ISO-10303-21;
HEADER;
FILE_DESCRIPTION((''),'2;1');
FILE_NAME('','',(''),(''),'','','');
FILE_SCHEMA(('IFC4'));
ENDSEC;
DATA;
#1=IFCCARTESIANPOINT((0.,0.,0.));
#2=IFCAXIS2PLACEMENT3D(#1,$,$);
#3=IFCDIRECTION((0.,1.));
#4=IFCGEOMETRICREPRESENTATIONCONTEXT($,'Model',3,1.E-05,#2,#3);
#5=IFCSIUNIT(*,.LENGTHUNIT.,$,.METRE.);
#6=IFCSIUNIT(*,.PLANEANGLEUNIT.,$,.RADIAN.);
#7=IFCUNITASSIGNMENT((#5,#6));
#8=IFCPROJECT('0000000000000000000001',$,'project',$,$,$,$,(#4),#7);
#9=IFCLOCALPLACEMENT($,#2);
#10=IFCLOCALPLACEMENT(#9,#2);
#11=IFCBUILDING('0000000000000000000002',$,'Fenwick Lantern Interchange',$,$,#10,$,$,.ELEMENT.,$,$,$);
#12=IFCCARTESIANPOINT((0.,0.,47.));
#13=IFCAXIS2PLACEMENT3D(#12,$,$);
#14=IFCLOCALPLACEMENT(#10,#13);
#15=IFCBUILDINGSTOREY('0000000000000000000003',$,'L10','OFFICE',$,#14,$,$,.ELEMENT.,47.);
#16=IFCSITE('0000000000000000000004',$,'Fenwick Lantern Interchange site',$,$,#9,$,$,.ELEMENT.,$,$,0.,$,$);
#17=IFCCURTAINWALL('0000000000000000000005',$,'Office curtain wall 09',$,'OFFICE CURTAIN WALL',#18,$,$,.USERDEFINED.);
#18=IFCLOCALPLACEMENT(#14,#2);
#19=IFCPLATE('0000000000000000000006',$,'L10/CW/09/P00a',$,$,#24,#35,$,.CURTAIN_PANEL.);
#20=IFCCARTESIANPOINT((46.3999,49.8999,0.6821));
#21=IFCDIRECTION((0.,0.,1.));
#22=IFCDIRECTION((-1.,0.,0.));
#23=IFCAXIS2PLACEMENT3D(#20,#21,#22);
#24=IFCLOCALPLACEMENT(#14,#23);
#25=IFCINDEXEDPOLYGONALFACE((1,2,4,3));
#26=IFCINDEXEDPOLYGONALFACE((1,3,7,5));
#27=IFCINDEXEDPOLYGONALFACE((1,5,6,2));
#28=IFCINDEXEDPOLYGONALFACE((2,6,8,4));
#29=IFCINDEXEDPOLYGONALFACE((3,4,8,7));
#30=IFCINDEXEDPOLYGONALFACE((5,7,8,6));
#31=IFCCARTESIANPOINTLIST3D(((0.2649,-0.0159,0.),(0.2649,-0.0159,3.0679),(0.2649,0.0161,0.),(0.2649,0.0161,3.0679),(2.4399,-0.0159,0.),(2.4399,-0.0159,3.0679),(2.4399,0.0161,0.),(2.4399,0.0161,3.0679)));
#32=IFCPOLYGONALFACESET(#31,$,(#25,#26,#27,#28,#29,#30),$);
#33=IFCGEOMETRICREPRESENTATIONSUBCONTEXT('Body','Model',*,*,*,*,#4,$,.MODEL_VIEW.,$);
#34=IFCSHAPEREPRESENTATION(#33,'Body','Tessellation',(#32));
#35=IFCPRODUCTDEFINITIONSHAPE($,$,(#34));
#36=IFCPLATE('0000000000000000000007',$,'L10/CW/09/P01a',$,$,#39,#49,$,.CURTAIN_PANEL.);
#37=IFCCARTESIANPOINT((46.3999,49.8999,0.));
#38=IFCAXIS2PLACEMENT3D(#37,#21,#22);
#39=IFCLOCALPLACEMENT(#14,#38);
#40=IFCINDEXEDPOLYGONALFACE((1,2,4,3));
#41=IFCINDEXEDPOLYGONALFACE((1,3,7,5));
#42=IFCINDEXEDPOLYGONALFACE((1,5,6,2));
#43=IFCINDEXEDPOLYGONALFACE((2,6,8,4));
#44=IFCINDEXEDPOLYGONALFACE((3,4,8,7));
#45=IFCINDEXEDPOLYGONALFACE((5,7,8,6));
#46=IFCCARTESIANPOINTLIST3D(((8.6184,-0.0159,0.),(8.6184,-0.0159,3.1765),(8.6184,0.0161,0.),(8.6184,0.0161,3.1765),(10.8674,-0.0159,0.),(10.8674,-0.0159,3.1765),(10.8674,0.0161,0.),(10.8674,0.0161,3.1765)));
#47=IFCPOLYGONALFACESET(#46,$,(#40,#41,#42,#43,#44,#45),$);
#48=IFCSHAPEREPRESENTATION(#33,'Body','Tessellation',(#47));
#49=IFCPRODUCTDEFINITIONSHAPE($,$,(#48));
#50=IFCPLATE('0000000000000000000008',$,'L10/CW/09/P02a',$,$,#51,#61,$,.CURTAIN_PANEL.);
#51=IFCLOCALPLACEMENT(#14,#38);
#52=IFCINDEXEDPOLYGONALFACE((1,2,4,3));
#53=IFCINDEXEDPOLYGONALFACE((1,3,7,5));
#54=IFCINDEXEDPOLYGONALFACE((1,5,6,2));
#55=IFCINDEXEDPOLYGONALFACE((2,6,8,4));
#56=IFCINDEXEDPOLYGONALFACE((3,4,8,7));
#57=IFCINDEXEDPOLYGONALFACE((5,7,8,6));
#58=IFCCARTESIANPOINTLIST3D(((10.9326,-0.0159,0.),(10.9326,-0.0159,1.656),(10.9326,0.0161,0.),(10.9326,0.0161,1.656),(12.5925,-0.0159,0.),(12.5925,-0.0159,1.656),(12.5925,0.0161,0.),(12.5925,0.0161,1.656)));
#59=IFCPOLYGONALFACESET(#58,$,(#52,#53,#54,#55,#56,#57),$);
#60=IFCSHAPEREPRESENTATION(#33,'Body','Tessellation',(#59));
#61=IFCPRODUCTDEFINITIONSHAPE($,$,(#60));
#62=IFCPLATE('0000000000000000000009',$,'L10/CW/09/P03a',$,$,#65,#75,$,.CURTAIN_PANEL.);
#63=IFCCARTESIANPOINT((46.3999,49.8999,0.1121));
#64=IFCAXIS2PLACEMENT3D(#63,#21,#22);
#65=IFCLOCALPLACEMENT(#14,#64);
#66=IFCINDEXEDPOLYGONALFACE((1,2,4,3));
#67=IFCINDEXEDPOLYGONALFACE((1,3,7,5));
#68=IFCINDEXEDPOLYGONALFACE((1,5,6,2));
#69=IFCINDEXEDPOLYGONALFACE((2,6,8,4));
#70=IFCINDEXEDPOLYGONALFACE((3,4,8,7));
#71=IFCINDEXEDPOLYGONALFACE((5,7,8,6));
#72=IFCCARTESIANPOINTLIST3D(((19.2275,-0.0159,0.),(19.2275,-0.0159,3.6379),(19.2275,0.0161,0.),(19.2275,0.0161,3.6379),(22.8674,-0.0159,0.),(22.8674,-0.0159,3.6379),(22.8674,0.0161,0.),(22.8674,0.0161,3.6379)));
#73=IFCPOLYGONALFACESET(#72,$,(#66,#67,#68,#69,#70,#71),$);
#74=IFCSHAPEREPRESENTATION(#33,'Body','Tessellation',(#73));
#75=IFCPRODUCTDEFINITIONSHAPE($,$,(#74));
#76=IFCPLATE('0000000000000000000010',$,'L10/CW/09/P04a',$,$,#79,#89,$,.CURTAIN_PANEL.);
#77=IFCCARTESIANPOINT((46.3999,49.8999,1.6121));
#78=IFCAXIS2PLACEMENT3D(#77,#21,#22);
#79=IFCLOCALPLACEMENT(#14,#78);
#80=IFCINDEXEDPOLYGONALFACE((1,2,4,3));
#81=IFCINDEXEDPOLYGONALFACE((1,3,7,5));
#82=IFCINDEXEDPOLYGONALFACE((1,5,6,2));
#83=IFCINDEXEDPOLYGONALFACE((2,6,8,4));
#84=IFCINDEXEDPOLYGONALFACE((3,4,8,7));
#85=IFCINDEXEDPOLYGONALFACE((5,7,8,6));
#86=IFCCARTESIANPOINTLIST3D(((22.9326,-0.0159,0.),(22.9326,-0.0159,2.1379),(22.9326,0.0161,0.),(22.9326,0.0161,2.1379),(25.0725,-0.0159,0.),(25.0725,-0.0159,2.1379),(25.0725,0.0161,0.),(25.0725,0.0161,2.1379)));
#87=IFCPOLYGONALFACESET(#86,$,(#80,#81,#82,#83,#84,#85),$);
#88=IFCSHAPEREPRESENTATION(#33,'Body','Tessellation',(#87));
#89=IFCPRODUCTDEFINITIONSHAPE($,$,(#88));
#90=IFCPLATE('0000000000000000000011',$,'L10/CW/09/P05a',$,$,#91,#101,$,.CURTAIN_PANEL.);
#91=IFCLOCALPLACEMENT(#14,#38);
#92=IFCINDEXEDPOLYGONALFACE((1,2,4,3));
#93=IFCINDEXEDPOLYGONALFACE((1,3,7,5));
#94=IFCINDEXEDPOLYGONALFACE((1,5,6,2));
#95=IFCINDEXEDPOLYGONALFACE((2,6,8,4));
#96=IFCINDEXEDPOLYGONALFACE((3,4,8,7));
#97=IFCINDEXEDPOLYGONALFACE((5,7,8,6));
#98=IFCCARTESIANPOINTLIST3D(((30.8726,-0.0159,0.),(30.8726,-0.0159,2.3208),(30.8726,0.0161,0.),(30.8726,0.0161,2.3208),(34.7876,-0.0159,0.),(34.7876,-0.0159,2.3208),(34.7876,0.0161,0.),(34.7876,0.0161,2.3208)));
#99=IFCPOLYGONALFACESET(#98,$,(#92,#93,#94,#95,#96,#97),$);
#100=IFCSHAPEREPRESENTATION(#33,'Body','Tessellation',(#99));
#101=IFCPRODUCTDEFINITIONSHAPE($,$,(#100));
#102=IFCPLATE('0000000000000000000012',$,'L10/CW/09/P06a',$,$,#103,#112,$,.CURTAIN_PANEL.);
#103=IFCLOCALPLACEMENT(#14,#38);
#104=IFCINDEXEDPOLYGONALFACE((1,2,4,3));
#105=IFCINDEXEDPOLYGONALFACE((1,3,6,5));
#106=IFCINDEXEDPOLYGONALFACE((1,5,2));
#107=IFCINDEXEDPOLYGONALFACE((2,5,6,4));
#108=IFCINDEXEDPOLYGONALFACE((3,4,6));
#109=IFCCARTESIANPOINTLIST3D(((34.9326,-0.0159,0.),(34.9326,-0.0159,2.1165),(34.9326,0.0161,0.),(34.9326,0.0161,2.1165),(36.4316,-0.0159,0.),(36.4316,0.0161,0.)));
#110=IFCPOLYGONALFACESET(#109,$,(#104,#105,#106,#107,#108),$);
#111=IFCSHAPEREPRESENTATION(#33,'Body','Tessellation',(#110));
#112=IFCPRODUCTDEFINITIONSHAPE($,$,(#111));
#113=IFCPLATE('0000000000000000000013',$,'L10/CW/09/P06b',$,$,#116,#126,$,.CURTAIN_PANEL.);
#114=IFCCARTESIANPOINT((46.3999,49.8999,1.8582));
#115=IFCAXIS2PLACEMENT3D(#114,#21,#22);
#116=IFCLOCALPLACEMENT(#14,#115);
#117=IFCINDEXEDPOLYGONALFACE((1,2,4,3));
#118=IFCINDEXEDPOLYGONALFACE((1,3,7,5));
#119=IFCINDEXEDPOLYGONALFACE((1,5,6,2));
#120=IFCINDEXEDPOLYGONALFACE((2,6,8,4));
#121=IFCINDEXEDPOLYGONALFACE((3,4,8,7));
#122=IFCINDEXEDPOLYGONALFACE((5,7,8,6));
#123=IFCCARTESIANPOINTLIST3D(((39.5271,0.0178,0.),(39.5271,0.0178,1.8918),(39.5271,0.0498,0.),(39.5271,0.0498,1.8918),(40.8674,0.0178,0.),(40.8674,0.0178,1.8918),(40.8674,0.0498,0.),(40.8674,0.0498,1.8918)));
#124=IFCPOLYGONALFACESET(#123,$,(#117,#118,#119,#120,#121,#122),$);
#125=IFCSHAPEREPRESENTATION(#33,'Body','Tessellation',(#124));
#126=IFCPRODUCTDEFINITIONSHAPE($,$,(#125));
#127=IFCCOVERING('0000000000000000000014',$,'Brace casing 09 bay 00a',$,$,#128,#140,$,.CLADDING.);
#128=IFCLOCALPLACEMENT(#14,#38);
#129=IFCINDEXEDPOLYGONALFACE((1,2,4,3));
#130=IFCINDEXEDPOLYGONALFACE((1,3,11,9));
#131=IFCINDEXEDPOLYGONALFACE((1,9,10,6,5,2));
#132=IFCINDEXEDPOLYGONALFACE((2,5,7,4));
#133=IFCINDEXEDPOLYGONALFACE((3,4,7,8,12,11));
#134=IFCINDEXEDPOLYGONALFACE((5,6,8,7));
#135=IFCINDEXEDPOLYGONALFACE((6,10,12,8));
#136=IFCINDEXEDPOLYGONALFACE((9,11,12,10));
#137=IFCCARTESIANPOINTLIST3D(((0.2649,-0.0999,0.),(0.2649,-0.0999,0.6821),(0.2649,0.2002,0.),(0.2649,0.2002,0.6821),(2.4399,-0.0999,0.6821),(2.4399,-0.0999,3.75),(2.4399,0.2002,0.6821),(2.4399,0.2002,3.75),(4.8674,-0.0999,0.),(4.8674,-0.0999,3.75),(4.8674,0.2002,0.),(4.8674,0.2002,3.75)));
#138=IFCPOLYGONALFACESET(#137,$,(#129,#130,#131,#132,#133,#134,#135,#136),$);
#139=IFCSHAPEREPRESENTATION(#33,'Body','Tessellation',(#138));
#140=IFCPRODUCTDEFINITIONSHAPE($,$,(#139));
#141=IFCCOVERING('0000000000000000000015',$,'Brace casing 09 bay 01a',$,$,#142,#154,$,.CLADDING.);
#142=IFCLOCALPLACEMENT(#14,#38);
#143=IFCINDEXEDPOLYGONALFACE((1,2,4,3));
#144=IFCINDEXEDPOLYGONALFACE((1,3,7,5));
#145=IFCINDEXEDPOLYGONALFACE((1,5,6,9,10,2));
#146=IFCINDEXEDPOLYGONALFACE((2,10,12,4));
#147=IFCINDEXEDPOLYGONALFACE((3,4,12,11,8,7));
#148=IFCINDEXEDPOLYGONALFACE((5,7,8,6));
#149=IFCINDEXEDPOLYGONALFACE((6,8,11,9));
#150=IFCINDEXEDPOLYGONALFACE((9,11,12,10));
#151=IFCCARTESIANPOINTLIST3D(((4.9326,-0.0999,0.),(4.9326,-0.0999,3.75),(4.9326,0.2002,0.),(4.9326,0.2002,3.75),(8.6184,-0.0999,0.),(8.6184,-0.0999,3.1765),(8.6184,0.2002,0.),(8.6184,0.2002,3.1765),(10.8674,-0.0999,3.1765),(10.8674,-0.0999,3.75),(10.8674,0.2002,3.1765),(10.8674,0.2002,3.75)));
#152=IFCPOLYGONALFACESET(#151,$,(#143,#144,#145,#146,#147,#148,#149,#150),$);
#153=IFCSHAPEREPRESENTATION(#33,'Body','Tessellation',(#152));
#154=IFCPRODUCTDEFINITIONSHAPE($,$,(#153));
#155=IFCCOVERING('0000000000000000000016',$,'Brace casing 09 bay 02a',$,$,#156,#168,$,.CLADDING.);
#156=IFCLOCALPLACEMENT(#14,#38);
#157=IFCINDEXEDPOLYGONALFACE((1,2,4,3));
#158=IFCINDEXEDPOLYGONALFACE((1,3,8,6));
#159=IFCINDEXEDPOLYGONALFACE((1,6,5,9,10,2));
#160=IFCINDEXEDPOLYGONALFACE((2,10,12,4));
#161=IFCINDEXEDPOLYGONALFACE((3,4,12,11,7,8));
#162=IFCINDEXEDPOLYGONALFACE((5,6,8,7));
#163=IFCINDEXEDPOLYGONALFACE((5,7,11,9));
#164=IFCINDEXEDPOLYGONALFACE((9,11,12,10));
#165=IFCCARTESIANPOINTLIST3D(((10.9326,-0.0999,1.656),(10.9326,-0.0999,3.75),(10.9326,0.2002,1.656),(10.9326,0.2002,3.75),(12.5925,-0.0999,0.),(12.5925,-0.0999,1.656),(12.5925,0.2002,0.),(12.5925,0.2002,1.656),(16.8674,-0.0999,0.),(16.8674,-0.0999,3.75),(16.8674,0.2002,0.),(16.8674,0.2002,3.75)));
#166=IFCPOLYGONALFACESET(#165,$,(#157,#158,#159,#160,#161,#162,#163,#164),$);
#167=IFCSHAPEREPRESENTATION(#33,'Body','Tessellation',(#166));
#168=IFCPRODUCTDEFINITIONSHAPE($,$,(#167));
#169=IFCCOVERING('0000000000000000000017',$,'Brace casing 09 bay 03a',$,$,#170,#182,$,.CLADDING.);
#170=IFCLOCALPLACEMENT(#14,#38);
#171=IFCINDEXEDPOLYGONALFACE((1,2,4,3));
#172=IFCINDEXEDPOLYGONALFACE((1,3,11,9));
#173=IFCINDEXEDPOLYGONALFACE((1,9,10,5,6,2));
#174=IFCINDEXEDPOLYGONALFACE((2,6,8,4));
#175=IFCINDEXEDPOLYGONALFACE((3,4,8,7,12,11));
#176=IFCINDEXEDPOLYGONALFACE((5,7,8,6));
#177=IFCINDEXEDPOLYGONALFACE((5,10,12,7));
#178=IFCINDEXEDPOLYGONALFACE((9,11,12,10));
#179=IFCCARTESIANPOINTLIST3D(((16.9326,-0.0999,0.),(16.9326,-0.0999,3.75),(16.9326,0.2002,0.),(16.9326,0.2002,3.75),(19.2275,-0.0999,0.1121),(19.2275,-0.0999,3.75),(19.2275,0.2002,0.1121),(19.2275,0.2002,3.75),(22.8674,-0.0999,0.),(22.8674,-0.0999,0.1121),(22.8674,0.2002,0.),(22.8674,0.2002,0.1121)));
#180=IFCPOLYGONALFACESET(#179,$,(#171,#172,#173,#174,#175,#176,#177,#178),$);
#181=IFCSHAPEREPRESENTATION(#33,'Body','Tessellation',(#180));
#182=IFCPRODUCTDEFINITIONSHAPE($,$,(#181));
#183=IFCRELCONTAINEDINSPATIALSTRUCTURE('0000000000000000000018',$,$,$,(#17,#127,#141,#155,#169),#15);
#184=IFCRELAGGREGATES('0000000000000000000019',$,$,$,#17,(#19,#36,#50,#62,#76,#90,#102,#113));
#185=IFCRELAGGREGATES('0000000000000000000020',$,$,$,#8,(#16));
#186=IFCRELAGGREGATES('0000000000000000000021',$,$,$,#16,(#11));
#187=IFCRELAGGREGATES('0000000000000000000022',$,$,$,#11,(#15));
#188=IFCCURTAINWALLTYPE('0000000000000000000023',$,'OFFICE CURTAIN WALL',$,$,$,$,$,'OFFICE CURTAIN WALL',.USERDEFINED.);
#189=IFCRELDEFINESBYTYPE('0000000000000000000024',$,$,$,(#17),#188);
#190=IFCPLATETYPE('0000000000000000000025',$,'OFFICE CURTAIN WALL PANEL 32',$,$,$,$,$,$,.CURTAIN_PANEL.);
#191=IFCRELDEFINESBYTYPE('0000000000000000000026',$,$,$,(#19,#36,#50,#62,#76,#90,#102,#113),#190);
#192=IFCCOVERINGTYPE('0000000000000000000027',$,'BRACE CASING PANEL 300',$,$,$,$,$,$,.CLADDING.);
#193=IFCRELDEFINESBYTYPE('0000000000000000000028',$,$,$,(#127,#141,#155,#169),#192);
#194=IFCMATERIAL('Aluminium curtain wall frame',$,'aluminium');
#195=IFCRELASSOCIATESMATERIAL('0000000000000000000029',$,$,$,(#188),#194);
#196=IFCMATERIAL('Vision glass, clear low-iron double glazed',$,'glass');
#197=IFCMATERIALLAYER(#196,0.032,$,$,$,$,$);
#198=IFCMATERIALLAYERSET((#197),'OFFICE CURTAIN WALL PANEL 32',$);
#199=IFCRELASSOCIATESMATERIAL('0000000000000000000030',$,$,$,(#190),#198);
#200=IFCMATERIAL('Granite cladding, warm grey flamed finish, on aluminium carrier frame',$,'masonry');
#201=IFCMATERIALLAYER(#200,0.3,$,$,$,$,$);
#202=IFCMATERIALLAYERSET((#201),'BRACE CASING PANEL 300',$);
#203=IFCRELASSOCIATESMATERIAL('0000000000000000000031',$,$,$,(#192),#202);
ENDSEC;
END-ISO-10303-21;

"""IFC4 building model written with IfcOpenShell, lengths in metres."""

from ifc_helpers import new_model, si_unit, direction, frame, origin, place, context, subcontext, project, spatial, polyline, outline, extrude, material, layer, layer_set, type_object, element, aggregate, save


model = new_model("IFC4")

# Units and contexts
model_context = context("Model", 3, precision=1e-05, world=origin(), true_north=direction((0.0, 1.0)))
body_context = subcontext(model_context, "Body", "Model", "MODEL_VIEW")
ifc_project = project(units=[si_unit("LENGTHUNIT", "METRE"), si_unit("PLANEANGLEUNIT", "RADIAN")], contexts=[model_context])

# Site, building, storey
site_placement = place(None, origin())
site = spatial("IfcSite", under=ifc_project, at=site_placement, Name="Fenwick Lantern Interchange site", CompositionType="ELEMENT", RefElevation=0.0)
building_placement = place(site_placement, origin())
building = spatial("IfcBuilding", under=site, at=building_placement, Name="Fenwick Lantern Interchange", CompositionType="ELEMENT")
storey_placement = place(building_placement, frame((0.0, 0.0, 47.0)))
storey = spatial("IfcBuildingStorey", under=building, at=storey_placement, Name="L10", Description="OFFICE", CompositionType="ELEMENT", Elevation=47.0)

# Shared definitions
ifc_material_1 = material(Name="Aluminium curtain wall frame", Category="aluminium")
curtain_wall_type = type_object("IfcCurtainWallType", Name="OFFICE CURTAIN WALL", ElementType="OFFICE CURTAIN WALL", PredefinedType="USERDEFINED", material=ifc_material_1)

# Curtain wall
curtain_wall_1_placement = place(storey_placement, origin())
curtain_wall_1 = element("IfcCurtainWall", 1, at=curtain_wall_1_placement, inside=storey, type_object=curtain_wall_type, Name="Office curtain wall 09", ObjectType="OFFICE CURTAIN WALL", PredefinedType="USERDEFINED")

# Plates
ifc_material_2 = material(Name="Vision glass, clear low-iron double glazed", Category="glass")
ifc_layer_1 = layer(ifc_material_2, 0.032)
ifc_layer_set_1 = layer_set([ifc_layer_1], Name="OFFICE CURTAIN WALL PANEL 32")
plate_type = type_object("IfcPlateType", Name="OFFICE CURTAIN WALL PANEL 32", PredefinedType="CURTAIN_PANEL", material=ifc_layer_set_1)
plate_1_placement = place(storey_placement, frame((46.3999, 49.8999, 0.6821), z_axis=(0.0, 0.0, 1.0), x_axis=(-1.0, 0.0, 0.0)))
plate_1 = element("IfcPlate", 2, at=plate_1_placement, type_object=plate_type, Name="L10/CW/09/P00a", PredefinedType="CURTAIN_PANEL", context=body_context, shape_type="SweptSolid", body=[
    extrude(outline(polyline([(0.2649, 0.0), (2.4399, 0.0), (2.4399, 3.0679), (0.2649, 3.0679), (0.2649, 0.0)])), frame((0.0, 0.0161, 0.0), z_axis=(0.0, -1.0, 0.0), x_axis=(1.0, 0.0, 0.0)), (0.0, 0.0, 1.0), 0.032),
])
plate_2_placement = place(storey_placement, frame((46.3999, 49.8999, 0.0), z_axis=(0.0, 0.0, 1.0), x_axis=(-1.0, 0.0, 0.0)))
plate_2 = element("IfcPlate", 3, at=plate_2_placement, type_object=plate_type, Name="L10/CW/09/P01a", PredefinedType="CURTAIN_PANEL", context=body_context, shape_type="SweptSolid", body=[
    extrude(outline(polyline([(8.6184, 0.0), (10.8674, 0.0), (10.8674, 3.1765), (8.6184, 3.1765), (8.6184, 0.0)])), frame((0.0, 0.0161, 0.0), z_axis=(0.0, -1.0, 0.0), x_axis=(1.0, 0.0, 0.0)), (0.0, 0.0, 1.0), 0.032),
])
plate_3_placement = place(storey_placement, frame((46.3999, 49.8999, 0.0), z_axis=(0.0, 0.0, 1.0), x_axis=(-1.0, 0.0, 0.0)))
plate_3 = element("IfcPlate", 4, at=plate_3_placement, type_object=plate_type, Name="L10/CW/09/P02a", PredefinedType="CURTAIN_PANEL", context=body_context, shape_type="SweptSolid", body=[
    extrude(outline(polyline([(10.9326, 0.0), (12.5925, 0.0), (12.5925, 1.656), (10.9326, 1.656), (10.9326, 0.0)])), frame((0.0, 0.0161, 0.0), z_axis=(0.0, -1.0, 0.0), x_axis=(1.0, 0.0, 0.0)), (0.0, 0.0, 1.0), 0.032),
])
plate_4_placement = place(storey_placement, frame((46.3999, 49.8999, 0.1121), z_axis=(0.0, 0.0, 1.0), x_axis=(-1.0, 0.0, 0.0)))
plate_4 = element("IfcPlate", 5, at=plate_4_placement, type_object=plate_type, Name="L10/CW/09/P03a", PredefinedType="CURTAIN_PANEL", context=body_context, shape_type="SweptSolid", body=[
    extrude(outline(polyline([(19.2275, 0.0), (22.8674, 0.0), (22.8674, 3.6379), (19.2275, 3.6379), (19.2275, 0.0)])), frame((0.0, 0.0161, 0.0), z_axis=(0.0, -1.0, 0.0), x_axis=(1.0, 0.0, 0.0)), (0.0, 0.0, 1.0), 0.032),
])
plate_5_placement = place(storey_placement, frame((46.3999, 49.8999, 1.6121), z_axis=(0.0, 0.0, 1.0), x_axis=(-1.0, 0.0, 0.0)))
plate_5 = element("IfcPlate", 6, at=plate_5_placement, type_object=plate_type, Name="L10/CW/09/P04a", PredefinedType="CURTAIN_PANEL", context=body_context, shape_type="SweptSolid", body=[
    extrude(outline(polyline([(22.9326, 0.0), (25.0725, 0.0), (25.0725, 2.1379), (22.9326, 2.1379), (22.9326, 0.0)])), frame((0.0, 0.0161, 0.0), z_axis=(0.0, -1.0, 0.0), x_axis=(1.0, 0.0, 0.0)), (0.0, 0.0, 1.0), 0.032),
])
plate_6_placement = place(storey_placement, frame((46.3999, 49.8999, 0.0), z_axis=(0.0, 0.0, 1.0), x_axis=(-1.0, 0.0, 0.0)))
plate_6 = element("IfcPlate", 7, at=plate_6_placement, type_object=plate_type, Name="L10/CW/09/P05a", PredefinedType="CURTAIN_PANEL", context=body_context, shape_type="SweptSolid", body=[
    extrude(outline(polyline([(30.8726, 0.0), (34.7876, 0.0), (34.7876, 2.3208), (30.8726, 2.3208), (30.8726, 0.0)])), frame((0.0, 0.0161, 0.0), z_axis=(0.0, -1.0, 0.0), x_axis=(1.0, 0.0, 0.0)), (0.0, 0.0, 1.0), 0.032),
])
plate_7_placement = place(storey_placement, frame((46.3999, 49.8999, 0.0), z_axis=(0.0, 0.0, 1.0), x_axis=(-1.0, 0.0, 0.0)))
plate_7 = element("IfcPlate", 8, at=plate_7_placement, type_object=plate_type, Name="L10/CW/09/P06a", PredefinedType="CURTAIN_PANEL", context=body_context, shape_type="SweptSolid", body=[
    extrude(outline(polyline([(34.9326, 0.0), (36.4316, 0.0), (34.9326, 2.1165), (34.9326, 0.0)])), frame((0.0, 0.0161, 0.0), z_axis=(0.0, -1.0, 0.0), x_axis=(1.0, 0.0, 0.0)), (0.0, 0.0, 1.0), 0.032),
])
plate_8_placement = place(storey_placement, frame((46.3999, 49.8999, 1.8582), z_axis=(0.0, 0.0, 1.0), x_axis=(-1.0, 0.0, 0.0)))
plate_8 = element("IfcPlate", 9, at=plate_8_placement, type_object=plate_type, Name="L10/CW/09/P06b", PredefinedType="CURTAIN_PANEL", context=body_context, shape_type="SweptSolid", body=[
    extrude(outline(polyline([(39.5271, 0.0), (40.8674, 0.0), (40.8674, 1.8918), (39.5271, 1.8918), (39.5271, 0.0)])), frame((0.0, 0.0498, 0.0), z_axis=(0.0, -1.0, 0.0), x_axis=(1.0, 0.0, 0.0)), (0.0, 0.0, 1.0), 0.032),
])
aggregate(curtain_wall_1, [plate_1, plate_2, plate_3, plate_4, plate_5, plate_6, plate_7, plate_8])

# Coverings
ifc_material_3 = material(Name="Granite cladding, warm grey flamed finish, on aluminium carrier frame", Category="masonry")
ifc_layer_2 = layer(ifc_material_3, 0.3)
ifc_layer_set_2 = layer_set([ifc_layer_2], Name="BRACE CASING PANEL 300")
covering_type = type_object("IfcCoveringType", Name="BRACE CASING PANEL 300", PredefinedType="CLADDING", material=ifc_layer_set_2)
covering_1_placement = place(storey_placement, frame((46.3999, 49.8999, 0.0), z_axis=(0.0, 0.0, 1.0), x_axis=(-1.0, 0.0, 0.0)))
element("IfcCovering", 10, at=covering_1_placement, inside=storey, type_object=covering_type, Name="Brace casing 09 bay 00a", PredefinedType="CLADDING", context=body_context, shape_type="SweptSolid", body=[
    extrude(outline(polyline([(0.2649, 0.0), (4.8674, 0.0), (4.8674, 3.75), (2.4399, 3.75), (2.4399, 0.6821), (0.2649, 0.6821), (0.2649, 0.0)])), frame((0.0, 0.2002, 0.0), z_axis=(0.0, -1.0, 0.0), x_axis=(1.0, 0.0, 0.0)), (0.0, 0.0, 1.0), 0.3),
])
covering_2_placement = place(storey_placement, frame((46.3999, 49.8999, 0.0), z_axis=(0.0, 0.0, 1.0), x_axis=(-1.0, 0.0, 0.0)))
element("IfcCovering", 11, at=covering_2_placement, inside=storey, type_object=covering_type, Name="Brace casing 09 bay 01a", PredefinedType="CLADDING", context=body_context, shape_type="SweptSolid", body=[
    extrude(outline(polyline([(4.9326, 0.0), (8.6184, 0.0), (8.6184, 3.1765), (10.8674, 3.1765), (10.8674, 3.75), (4.9326, 3.75), (4.9326, 0.0)])), frame((0.0, 0.2002, 0.0), z_axis=(0.0, -1.0, 0.0), x_axis=(1.0, 0.0, 0.0)), (0.0, 0.0, 1.0), 0.3),
])
covering_3_placement = place(storey_placement, frame((46.3999, 49.8999, 0.0), z_axis=(0.0, 0.0, 1.0), x_axis=(-1.0, 0.0, 0.0)))
element("IfcCovering", 12, at=covering_3_placement, inside=storey, type_object=covering_type, Name="Brace casing 09 bay 02a", PredefinedType="CLADDING", context=body_context, shape_type="SweptSolid", body=[
    extrude(outline(polyline([(12.5925, 0.0), (16.8674, 0.0), (16.8674, 3.75), (10.9326, 3.75), (10.9326, 1.656), (12.5925, 1.656), (12.5925, 0.0)])), frame((0.0, 0.2002, 0.0), z_axis=(0.0, -1.0, 0.0), x_axis=(1.0, 0.0, 0.0)), (0.0, 0.0, 1.0), 0.3),
])
covering_4_placement = place(storey_placement, frame((46.3999, 49.8999, 0.0), z_axis=(0.0, 0.0, 1.0), x_axis=(-1.0, 0.0, 0.0)))
element("IfcCovering", 13, at=covering_4_placement, inside=storey, type_object=covering_type, Name="Brace casing 09 bay 03a", PredefinedType="CLADDING", context=body_context, shape_type="SweptSolid", body=[
    extrude(outline(polyline([(16.9326, 0.0), (22.8674, 0.0), (22.8674, 0.1121), (19.2275, 0.1121), (19.2275, 3.75), (16.9326, 3.75), (16.9326, 0.0)])), frame((0.0, 0.2002, 0.0), z_axis=(0.0, -1.0, 0.0), x_axis=(1.0, 0.0, 0.0)), (0.0, 0.0, 1.0), 0.3),
])

save(model, "model.ifc")
